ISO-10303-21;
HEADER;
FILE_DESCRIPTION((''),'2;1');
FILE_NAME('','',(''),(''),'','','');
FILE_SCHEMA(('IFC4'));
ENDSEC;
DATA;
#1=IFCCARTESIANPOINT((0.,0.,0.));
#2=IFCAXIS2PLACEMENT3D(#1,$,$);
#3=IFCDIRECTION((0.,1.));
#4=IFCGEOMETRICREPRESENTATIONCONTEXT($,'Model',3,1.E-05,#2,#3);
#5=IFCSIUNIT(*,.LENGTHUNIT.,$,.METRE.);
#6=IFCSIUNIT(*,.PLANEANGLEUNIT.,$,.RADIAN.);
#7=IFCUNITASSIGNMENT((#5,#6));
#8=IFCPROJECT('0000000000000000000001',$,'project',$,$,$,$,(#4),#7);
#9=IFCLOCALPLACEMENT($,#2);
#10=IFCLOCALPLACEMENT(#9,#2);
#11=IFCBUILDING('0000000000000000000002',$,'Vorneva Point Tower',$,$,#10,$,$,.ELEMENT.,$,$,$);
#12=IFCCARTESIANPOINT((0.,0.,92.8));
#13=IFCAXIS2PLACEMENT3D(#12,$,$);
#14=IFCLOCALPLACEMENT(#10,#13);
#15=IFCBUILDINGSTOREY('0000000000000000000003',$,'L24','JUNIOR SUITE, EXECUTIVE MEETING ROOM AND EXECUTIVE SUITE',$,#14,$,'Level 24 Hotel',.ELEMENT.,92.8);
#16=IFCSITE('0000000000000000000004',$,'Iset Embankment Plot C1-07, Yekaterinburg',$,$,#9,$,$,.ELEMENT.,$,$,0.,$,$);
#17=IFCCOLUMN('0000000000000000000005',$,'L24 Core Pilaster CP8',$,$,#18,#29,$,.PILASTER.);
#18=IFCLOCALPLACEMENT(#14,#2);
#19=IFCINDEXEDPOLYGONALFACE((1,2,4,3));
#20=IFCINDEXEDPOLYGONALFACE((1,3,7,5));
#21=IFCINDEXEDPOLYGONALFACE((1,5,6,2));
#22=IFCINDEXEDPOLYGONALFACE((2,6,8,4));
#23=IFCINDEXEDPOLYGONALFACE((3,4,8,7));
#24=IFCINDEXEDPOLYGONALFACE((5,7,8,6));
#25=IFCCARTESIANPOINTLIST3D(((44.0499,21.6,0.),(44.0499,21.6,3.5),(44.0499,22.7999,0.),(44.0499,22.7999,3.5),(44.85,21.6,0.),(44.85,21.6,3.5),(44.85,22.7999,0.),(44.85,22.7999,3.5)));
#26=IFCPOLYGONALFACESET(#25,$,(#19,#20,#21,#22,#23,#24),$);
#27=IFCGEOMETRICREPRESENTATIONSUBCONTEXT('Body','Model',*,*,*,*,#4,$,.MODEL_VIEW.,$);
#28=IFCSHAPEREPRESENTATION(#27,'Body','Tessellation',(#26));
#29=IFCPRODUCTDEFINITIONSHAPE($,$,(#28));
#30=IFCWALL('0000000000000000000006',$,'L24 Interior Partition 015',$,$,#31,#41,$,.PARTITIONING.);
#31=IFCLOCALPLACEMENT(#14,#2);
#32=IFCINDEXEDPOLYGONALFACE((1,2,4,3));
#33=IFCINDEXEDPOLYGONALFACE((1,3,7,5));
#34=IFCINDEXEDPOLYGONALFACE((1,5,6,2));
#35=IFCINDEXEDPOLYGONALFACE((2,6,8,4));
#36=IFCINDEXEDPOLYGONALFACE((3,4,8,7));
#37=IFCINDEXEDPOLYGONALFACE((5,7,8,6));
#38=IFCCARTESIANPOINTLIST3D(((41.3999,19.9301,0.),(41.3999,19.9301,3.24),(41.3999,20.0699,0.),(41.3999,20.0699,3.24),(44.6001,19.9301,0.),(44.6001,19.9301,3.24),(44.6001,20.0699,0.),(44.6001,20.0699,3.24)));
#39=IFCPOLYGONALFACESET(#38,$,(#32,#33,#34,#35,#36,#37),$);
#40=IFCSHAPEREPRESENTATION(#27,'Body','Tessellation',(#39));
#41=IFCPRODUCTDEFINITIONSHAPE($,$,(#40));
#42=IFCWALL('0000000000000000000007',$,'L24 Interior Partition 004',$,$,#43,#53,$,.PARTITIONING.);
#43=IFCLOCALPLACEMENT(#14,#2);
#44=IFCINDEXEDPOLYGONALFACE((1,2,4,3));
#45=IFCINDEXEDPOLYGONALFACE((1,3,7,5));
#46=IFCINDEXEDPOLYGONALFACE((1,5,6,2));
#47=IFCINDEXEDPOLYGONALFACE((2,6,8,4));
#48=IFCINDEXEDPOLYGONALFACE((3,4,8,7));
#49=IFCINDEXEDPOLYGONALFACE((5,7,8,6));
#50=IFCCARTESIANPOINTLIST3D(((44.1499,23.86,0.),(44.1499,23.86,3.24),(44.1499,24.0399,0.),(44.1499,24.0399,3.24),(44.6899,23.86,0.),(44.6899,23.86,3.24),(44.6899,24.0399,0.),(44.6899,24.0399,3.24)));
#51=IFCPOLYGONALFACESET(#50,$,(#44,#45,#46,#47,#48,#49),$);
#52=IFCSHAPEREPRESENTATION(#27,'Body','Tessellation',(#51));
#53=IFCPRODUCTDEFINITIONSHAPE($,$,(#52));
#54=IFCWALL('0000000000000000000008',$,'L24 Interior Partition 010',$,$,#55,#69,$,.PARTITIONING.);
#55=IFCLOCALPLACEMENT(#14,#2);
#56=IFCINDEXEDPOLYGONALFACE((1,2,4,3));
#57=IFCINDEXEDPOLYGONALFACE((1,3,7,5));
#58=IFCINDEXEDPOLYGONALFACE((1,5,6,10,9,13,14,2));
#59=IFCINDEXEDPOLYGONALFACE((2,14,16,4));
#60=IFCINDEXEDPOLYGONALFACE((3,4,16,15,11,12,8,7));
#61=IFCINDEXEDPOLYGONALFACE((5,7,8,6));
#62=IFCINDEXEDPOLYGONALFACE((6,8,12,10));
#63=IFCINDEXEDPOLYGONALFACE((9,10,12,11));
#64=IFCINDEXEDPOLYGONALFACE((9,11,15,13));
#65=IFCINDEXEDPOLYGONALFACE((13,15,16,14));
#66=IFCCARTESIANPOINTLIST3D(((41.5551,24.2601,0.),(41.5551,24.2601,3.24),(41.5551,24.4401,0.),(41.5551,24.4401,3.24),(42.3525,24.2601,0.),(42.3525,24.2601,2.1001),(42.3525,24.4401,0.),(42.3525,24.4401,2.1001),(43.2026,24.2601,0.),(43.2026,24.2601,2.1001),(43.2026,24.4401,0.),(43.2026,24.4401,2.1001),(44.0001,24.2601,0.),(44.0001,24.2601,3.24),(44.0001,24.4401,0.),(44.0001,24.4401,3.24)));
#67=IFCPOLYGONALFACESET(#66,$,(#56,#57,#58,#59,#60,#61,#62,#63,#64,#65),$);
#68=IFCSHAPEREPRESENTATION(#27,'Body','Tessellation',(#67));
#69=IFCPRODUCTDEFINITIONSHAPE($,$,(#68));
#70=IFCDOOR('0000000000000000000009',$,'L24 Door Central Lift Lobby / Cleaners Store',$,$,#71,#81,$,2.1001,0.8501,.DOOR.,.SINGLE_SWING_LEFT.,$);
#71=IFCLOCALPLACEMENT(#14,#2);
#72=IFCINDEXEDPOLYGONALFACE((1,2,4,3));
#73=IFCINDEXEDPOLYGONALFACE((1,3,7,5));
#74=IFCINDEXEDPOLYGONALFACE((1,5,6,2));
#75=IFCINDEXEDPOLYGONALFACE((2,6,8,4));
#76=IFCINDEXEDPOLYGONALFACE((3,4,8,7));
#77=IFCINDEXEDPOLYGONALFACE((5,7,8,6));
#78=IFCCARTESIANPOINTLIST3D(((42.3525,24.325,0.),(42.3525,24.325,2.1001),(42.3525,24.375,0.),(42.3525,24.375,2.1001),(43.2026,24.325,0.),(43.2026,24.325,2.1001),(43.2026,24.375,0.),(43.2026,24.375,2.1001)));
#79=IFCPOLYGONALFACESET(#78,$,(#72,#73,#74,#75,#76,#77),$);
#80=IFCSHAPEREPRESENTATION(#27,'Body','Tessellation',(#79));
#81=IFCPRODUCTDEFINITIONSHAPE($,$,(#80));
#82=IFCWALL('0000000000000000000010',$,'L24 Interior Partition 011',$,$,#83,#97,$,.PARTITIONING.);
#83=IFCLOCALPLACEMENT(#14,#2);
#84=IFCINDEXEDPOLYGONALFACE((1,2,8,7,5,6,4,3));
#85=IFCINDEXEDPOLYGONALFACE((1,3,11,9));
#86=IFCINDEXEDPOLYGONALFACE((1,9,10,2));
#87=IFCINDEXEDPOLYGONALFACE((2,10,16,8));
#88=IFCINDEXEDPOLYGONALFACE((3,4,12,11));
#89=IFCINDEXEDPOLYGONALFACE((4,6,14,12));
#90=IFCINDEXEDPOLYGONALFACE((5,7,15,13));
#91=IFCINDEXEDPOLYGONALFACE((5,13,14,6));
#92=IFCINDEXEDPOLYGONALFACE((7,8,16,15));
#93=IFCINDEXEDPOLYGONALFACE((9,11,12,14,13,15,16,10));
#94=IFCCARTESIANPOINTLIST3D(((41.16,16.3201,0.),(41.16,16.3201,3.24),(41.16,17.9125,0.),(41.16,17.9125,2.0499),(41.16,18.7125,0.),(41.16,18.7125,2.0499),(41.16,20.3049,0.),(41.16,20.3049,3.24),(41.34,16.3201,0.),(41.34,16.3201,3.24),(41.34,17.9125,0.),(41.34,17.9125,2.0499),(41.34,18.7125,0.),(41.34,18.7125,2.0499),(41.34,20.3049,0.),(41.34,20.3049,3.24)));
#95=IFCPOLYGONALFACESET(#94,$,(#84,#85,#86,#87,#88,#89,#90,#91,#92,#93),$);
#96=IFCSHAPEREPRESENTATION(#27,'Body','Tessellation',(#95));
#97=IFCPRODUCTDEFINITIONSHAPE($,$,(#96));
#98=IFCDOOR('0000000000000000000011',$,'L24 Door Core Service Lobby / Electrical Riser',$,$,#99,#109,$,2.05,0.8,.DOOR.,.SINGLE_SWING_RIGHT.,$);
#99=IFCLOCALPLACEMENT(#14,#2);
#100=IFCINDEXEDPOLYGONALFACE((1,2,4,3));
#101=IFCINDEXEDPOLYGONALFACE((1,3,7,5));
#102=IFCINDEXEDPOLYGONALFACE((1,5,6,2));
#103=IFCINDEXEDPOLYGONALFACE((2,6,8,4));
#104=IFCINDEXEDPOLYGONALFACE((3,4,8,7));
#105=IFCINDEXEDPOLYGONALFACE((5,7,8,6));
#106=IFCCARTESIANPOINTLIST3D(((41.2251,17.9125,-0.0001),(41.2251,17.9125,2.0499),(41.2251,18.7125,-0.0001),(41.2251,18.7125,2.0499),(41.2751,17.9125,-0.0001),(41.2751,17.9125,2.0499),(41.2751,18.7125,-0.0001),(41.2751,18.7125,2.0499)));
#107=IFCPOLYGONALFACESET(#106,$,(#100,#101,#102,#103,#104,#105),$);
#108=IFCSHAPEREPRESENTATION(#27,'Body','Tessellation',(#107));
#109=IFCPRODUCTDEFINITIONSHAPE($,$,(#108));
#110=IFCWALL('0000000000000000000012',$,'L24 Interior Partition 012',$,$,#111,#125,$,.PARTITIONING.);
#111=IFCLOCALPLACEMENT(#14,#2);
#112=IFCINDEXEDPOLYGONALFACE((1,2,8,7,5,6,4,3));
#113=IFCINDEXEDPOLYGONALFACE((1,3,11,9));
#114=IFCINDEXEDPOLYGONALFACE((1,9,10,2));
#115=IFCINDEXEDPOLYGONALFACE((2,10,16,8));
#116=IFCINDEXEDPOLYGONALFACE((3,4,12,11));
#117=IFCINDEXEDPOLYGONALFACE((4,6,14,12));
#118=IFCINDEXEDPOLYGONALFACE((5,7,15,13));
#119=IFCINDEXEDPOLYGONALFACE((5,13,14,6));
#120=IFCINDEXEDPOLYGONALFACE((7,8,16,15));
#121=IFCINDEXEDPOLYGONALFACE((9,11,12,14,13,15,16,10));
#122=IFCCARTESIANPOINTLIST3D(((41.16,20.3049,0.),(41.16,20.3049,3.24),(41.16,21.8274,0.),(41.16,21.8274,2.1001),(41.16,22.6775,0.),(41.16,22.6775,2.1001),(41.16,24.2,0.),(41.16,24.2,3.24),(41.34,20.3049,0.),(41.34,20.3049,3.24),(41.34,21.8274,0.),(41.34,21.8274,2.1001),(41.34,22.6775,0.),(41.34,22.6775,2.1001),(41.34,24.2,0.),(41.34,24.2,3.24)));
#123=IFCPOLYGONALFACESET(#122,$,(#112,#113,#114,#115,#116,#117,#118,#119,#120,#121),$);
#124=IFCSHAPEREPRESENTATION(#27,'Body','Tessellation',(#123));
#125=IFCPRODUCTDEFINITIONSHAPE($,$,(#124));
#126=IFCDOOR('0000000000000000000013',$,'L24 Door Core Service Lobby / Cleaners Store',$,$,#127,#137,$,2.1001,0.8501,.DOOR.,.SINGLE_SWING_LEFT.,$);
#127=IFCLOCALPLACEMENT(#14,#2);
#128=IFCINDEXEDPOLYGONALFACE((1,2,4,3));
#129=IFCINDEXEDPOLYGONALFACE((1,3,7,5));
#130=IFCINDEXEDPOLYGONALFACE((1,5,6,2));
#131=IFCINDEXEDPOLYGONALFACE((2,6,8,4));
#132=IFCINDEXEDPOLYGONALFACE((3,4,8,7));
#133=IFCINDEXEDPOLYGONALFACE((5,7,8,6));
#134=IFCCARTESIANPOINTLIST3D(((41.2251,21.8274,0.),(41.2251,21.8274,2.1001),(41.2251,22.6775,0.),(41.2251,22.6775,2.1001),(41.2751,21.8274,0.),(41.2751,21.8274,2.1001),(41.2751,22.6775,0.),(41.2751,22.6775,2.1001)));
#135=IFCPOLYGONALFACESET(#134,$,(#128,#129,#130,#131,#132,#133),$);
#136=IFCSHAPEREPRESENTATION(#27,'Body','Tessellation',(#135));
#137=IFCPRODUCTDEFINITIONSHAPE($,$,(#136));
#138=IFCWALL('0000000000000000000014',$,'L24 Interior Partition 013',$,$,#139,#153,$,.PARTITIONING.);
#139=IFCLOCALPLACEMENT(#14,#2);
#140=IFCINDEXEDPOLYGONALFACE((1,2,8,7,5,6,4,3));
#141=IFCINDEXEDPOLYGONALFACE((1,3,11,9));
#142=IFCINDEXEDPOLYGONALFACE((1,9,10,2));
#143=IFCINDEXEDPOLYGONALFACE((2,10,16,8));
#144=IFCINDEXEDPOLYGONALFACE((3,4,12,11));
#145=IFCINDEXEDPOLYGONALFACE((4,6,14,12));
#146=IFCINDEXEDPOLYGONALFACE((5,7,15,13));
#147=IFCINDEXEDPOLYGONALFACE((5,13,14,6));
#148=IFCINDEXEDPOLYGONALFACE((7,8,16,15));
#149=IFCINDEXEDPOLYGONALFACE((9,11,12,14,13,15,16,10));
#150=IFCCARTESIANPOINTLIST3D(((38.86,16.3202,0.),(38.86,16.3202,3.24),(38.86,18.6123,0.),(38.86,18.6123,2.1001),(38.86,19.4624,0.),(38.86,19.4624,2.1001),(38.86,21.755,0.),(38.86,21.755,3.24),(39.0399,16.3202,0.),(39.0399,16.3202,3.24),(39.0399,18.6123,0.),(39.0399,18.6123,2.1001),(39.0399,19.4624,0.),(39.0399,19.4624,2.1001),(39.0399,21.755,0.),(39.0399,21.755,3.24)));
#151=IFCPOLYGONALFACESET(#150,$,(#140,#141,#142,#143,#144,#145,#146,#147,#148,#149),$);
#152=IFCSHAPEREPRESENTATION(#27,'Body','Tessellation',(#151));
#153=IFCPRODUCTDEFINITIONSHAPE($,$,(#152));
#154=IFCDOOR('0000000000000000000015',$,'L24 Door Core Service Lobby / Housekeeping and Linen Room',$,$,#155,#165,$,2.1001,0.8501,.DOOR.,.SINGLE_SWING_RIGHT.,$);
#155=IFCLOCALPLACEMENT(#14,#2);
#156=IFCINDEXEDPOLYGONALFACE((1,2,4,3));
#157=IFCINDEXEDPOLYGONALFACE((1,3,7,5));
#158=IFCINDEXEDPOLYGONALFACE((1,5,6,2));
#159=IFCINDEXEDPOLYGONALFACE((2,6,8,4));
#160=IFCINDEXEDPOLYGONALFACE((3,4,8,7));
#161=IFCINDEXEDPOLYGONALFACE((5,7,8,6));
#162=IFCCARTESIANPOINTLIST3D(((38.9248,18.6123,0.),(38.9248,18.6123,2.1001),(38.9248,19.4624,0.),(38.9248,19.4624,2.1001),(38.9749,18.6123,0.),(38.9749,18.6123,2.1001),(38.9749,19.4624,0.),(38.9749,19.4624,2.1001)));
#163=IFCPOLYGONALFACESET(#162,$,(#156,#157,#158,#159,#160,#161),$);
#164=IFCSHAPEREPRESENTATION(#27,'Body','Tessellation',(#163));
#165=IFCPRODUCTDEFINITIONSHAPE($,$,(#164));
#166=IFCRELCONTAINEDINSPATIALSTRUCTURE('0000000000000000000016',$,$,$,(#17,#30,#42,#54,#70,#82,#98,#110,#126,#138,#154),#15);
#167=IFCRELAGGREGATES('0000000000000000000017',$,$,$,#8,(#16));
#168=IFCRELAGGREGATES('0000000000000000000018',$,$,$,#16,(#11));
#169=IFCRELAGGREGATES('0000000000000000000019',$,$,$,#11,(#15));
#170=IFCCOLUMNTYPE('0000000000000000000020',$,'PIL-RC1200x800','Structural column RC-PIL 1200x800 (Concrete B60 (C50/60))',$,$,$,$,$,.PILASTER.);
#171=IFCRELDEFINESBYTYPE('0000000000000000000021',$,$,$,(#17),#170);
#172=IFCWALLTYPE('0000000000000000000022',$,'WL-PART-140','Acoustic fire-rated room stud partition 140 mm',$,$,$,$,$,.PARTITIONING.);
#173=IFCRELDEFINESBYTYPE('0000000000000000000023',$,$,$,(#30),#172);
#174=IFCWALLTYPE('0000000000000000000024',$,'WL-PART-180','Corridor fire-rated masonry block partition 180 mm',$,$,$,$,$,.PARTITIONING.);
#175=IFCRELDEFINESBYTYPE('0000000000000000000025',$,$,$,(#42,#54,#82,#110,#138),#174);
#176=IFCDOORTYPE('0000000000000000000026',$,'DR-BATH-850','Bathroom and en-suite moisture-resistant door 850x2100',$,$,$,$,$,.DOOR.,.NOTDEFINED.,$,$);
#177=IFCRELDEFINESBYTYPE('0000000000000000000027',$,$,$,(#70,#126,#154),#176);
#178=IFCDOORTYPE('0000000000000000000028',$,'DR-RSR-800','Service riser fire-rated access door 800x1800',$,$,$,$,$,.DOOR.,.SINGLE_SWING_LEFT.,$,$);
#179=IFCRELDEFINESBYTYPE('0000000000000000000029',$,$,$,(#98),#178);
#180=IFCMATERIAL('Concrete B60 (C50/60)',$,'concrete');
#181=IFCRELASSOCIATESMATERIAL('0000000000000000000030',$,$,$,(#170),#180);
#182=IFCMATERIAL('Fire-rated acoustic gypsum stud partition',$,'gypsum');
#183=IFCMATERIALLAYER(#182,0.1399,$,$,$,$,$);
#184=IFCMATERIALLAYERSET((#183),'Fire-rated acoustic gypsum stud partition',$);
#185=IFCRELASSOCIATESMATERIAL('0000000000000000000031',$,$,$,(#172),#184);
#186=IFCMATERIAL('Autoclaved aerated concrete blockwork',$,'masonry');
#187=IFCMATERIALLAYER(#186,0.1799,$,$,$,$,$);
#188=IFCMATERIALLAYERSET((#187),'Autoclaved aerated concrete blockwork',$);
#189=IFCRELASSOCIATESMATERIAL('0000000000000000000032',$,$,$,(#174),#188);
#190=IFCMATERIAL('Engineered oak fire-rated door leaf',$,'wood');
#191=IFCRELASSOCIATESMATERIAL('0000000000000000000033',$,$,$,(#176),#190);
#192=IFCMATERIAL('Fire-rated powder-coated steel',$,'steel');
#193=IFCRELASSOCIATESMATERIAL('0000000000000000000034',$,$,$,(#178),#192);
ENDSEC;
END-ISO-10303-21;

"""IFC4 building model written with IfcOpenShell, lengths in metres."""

from ifc_helpers import new_model, si_unit, direction, frame, frame_2d, origin, origin_2d, place, context, subcontext, project, spatial, rectangle, extrude, material, layer, layer_set, material_profile, profile_set, type_object, element, fill, save


model = new_model("IFC4")

# Units and contexts
model_context = context("Model", 3, precision=1e-05, world=origin(), true_north=direction((0.0, 1.0)))
body_context = subcontext(model_context, "Body", "Model", "MODEL_VIEW")
ifc_project = project(units=[si_unit("LENGTHUNIT", "METRE"), si_unit("PLANEANGLEUNIT", "RADIAN")], contexts=[model_context])

# Site, building, storey
site_placement = place(None, origin())
site = spatial("IfcSite", under=ifc_project, at=site_placement, Name="Iset Embankment Plot C1-07, Yekaterinburg", CompositionType="ELEMENT", RefElevation=0.0)
building_placement = place(site_placement, origin())
building = spatial("IfcBuilding", under=site, at=building_placement, Name="Vorneva Point Tower", CompositionType="ELEMENT")
storey_placement = place(building_placement, frame((0.0, 0.0, 92.8)))
storey = spatial("IfcBuildingStorey", under=building, at=storey_placement, Name="L24", Description="JUNIOR SUITE, EXECUTIVE MEETING ROOM AND EXECUTIVE SUITE", LongName="Level 24 Hotel", CompositionType="ELEMENT", Elevation=92.8)

# Column
ifc_material_1 = material(Name="Concrete B60 (C50/60)", Category="concrete")
ifc_material_profile = material_profile(ifc_material_1, rectangle(XDim=0.8, YDim=1.2, at=origin_2d()), Name="RC-PIL 1200x800")
ifc_profile_set = profile_set([ifc_material_profile], Name="Concrete B60 (C50/60)")
column_type = type_object("IfcColumnType", Name="PIL-RC1200x800", Description="Structural column RC-PIL 1200x800 (Concrete B60 (C50/60))", PredefinedType="PILASTER", material=ifc_profile_set)
column_placement = place(storey_placement, frame((44.45, 22.2, 0.0), z_axis=(0.0, 0.0, 1.0), x_axis=(1.0, 0.0, 0.0)))
element("IfcColumn", 1, at=column_placement, inside=storey, type_object=column_type, Name="L24 Core Pilaster CP8", PredefinedType="PILASTER", context=body_context, shape_type="SweptSolid", body=[
    extrude(rectangle(XDim=0.8, YDim=1.2, at=origin_2d()), origin(), (0.0, 0.0, 1.0), 3.5),
])

# Walls
ifc_material_2 = material(Name="Fire-rated acoustic gypsum stud partition", Category="gypsum")
ifc_layer_1 = layer(ifc_material_2, 0.1399)
ifc_layer_set_1 = layer_set([ifc_layer_1], Name="Fire-rated acoustic gypsum stud partition")
wall_type_1 = type_object("IfcWallType", Name="WL-PART-140", Description="Acoustic fire-rated room stud partition 140 mm", PredefinedType="PARTITIONING", material=ifc_layer_set_1)
wall_1_placement = place(storey_placement, frame((44.6001, 20.0, 0.0), z_axis=(0.0, 0.0, 1.0), x_axis=(-1.0, 0.0, 0.0)))
element("IfcWall", 2, at=wall_1_placement, inside=storey, type_object=wall_type_1, Name="L24 Interior Partition 015", PredefinedType="PARTITIONING", context=body_context, shape_type="SweptSolid", body=[
    extrude(rectangle(XDim=3.2002, YDim=0.1399, at=frame_2d((1.6001, 0.0))), origin(), (0.0, 0.0, 1.0), 3.24),
])
ifc_material_3 = material(Name="Autoclaved aerated concrete blockwork", Category="masonry")
ifc_layer_2 = layer(ifc_material_3, 0.1799)
ifc_layer_set_2 = layer_set([ifc_layer_2], Name="Autoclaved aerated concrete blockwork")
wall_type_2 = type_object("IfcWallType", Name="WL-PART-180", Description="Corridor fire-rated masonry block partition 180 mm", PredefinedType="PARTITIONING", material=ifc_layer_set_2)
wall_2_placement = place(storey_placement, frame((44.1499, 23.95, 0.0), z_axis=(0.0, 0.0, 1.0), x_axis=(1.0, 0.0, 0.0)))
element("IfcWall", 3, at=wall_2_placement, inside=storey, type_object=wall_type_2, Name="L24 Interior Partition 004", PredefinedType="PARTITIONING", context=body_context, shape_type="SweptSolid", body=[
    extrude(rectangle(XDim=0.54, YDim=0.1799, at=frame_2d((0.27, 0.0))), origin(), (0.0, 0.0, 1.0), 3.24),
])

# Walls, openings, doors
ifc_material_4 = material(Name="Fire-rated powder-coated steel", Category="steel")
wall_3_placement = place(storey_placement, frame((41.5549, 24.3501, 0.0), z_axis=(0.0, 0.0, 1.0), x_axis=(1.0, 0.0, 0.0)))
wall_3 = element("IfcWall", 4, at=wall_3_placement, inside=storey, type_object=wall_type_2, Name="L24 Interior Partition 010", PredefinedType="PARTITIONING", context=body_context, shape_type="SweptSolid", body=[
    extrude(rectangle(XDim=2.4451, YDim=0.1799, at=frame_2d((1.2227, 0.0))), origin(), (0.0, 0.0, 1.0), 3.24),
])
opening_1_placement = place(wall_3_placement, frame((0.7976, 0.0, 0.0)))
opening_1 = element("IfcOpeningElement", 5, at=opening_1_placement, cuts=wall_3, PredefinedType="OPENING", context=body_context, shape_type="SweptSolid", body=[
    extrude(rectangle(XDim=0.8501, YDim=2.1001, at=frame_2d((0.425, 1.05))), frame((0.0, 0.105, 0.0), z_axis=(0.0, -1.0, 0.0), x_axis=(1.0, 0.0, 0.0)), (0.0, 0.0, 1.0), 0.2097),
])
ifc_material_5 = material(Name="Engineered oak fire-rated door leaf", Category="wood")
door_type_1 = type_object("IfcDoorType", Name="DR-BATH-850", Description="Bathroom and en-suite moisture-resistant door 850x2100", OperationType="NOTDEFINED", PredefinedType="DOOR", material=ifc_material_5)
door_1_placement = place(opening_1_placement, origin())
door_1 = element("IfcDoor", 6, at=door_1_placement, inside=storey, type_object=door_type_1, Name="L24 Door Central Lift Lobby / Cleaners Store", OperationType="SINGLE_SWING_LEFT", OverallHeight=2.1001, OverallWidth=0.8501, PredefinedType="DOOR", context=body_context, shape_type="SweptSolid", body=[
    extrude(rectangle(XDim=0.8501, YDim=2.1001, at=frame_2d((0.425, 1.05))), frame((0.0, 0.0249, 0.0), z_axis=(0.0, -1.0, 0.0), x_axis=(1.0, 0.0, 0.0)), (0.0, 0.0, 1.0), 0.05),
])
fill(opening_1, door_1)
wall_4_placement = place(storey_placement, frame((41.25, 16.3201, 0.0), z_axis=(0.0, 0.0, 1.0), x_axis=(0.0, 1.0, 0.0)))
wall_4 = element("IfcWall", 7, at=wall_4_placement, inside=storey, type_object=wall_type_2, Name="L24 Interior Partition 011", PredefinedType="PARTITIONING", context=body_context, shape_type="SweptSolid", body=[
    extrude(rectangle(XDim=3.9849, YDim=0.1799, at=frame_2d((1.9924, 0.0))), origin(), (0.0, 0.0, 1.0), 3.24),
])
opening_2_placement = place(wall_4_placement, frame((1.5925, 0.0, 0.0)))
opening_2 = element("IfcOpeningElement", 8, at=opening_2_placement, cuts=wall_4, PredefinedType="OPENING", context=body_context, shape_type="SweptSolid", body=[
    extrude(rectangle(XDim=0.8, YDim=2.05, at=frame_2d((0.3999, 1.0249))), frame((0.0, 0.105, 0.0), z_axis=(0.0, -1.0, 0.0), x_axis=(1.0, 0.0, 0.0)), (0.0, 0.0, 1.0), 0.2097),
])
door_type_2 = type_object("IfcDoorType", Name="DR-RSR-800", Description="Service riser fire-rated access door 800x1800", OperationType="SINGLE_SWING_LEFT", PredefinedType="DOOR", material=ifc_material_4)
door_2_placement = place(opening_2_placement, origin())
door_2 = element("IfcDoor", 9, at=door_2_placement, inside=storey, type_object=door_type_2, Name="L24 Door Core Service Lobby / Electrical Riser", OperationType="SINGLE_SWING_RIGHT", OverallHeight=2.05, OverallWidth=0.8, PredefinedType="DOOR", context=body_context, shape_type="SweptSolid", body=[
    extrude(rectangle(XDim=0.8, YDim=2.05, at=frame_2d((0.3999, 1.0249))), frame((0.0, 0.0249, 0.0), z_axis=(0.0, -1.0, 0.0), x_axis=(1.0, 0.0, 0.0)), (0.0, 0.0, 1.0), 0.05),
])
fill(opening_2, door_2)
wall_5_placement = place(storey_placement, frame((41.25, 20.3049, 0.0), z_axis=(0.0, 0.0, 1.0), x_axis=(0.0, 1.0, 0.0)))
wall_5 = element("IfcWall", 10, at=wall_5_placement, inside=storey, type_object=wall_type_2, Name="L24 Interior Partition 012", PredefinedType="PARTITIONING", context=body_context, shape_type="SweptSolid", body=[
    extrude(rectangle(XDim=3.895, YDim=0.1799, at=frame_2d((1.9475, 0.0))), origin(), (0.0, 0.0, 1.0), 3.24),
])
opening_3_placement = place(wall_5_placement, frame((1.5225, 0.0, 0.0)))
opening_3 = element("IfcOpeningElement", 11, at=opening_3_placement, cuts=wall_5, PredefinedType="OPENING", context=body_context, shape_type="SweptSolid", body=[
    extrude(rectangle(XDim=0.8501, YDim=2.1001, at=frame_2d((0.425, 1.05))), frame((0.0, 0.105, 0.0), z_axis=(0.0, -1.0, 0.0), x_axis=(1.0, 0.0, 0.0)), (0.0, 0.0, 1.0), 0.2097),
])
door_3_placement = place(opening_3_placement, origin())
door_3 = element("IfcDoor", 12, at=door_3_placement, inside=storey, type_object=door_type_1, Name="L24 Door Core Service Lobby / Cleaners Store", OperationType="SINGLE_SWING_LEFT", OverallHeight=2.1001, OverallWidth=0.8501, PredefinedType="DOOR", context=body_context, shape_type="SweptSolid", body=[
    extrude(rectangle(XDim=0.8501, YDim=2.1001, at=frame_2d((0.425, 1.05))), frame((0.0, 0.0249, 0.0), z_axis=(0.0, -1.0, 0.0), x_axis=(1.0, 0.0, 0.0)), (0.0, 0.0, 1.0), 0.05),
])
fill(opening_3, door_3)
wall_6_placement = place(storey_placement, frame((38.95, 21.7549, 0.0), z_axis=(0.0, 0.0, 1.0), x_axis=(0.0, -1.0, 0.0)))
wall_6 = element("IfcWall", 13, at=wall_6_placement, inside=storey, type_object=wall_type_2, Name="L24 Interior Partition 013", PredefinedType="PARTITIONING", context=body_context, shape_type="SweptSolid", body=[
    extrude(rectangle(XDim=5.4348, YDim=0.1799, at=frame_2d((2.7173, 0.0))), origin(), (0.0, 0.0, 1.0), 3.24),
])
opening_4_placement = place(wall_6_placement, frame((2.2925, 0.0, 0.0)))
opening_4 = element("IfcOpeningElement", 14, at=opening_4_placement, cuts=wall_6, PredefinedType="OPENING", context=body_context, shape_type="SweptSolid", body=[
    extrude(rectangle(XDim=0.8501, YDim=2.1001, at=frame_2d((0.425, 1.05))), frame((0.0, 0.105, 0.0), z_axis=(0.0, -1.0, 0.0), x_axis=(1.0, 0.0, 0.0)), (0.0, 0.0, 1.0), 0.2097),
])
door_4_placement = place(opening_4_placement, origin())
door_4 = element("IfcDoor", 15, at=door_4_placement, inside=storey, type_object=door_type_1, Name="L24 Door Core Service Lobby / Housekeeping and Linen Room", OperationType="SINGLE_SWING_RIGHT", OverallHeight=2.1001, OverallWidth=0.8501, PredefinedType="DOOR", context=body_context, shape_type="SweptSolid", body=[
    extrude(rectangle(XDim=0.8501, YDim=2.1001, at=frame_2d((0.425, 1.05))), frame((0.0, 0.0249, 0.0), z_axis=(0.0, -1.0, 0.0), x_axis=(1.0, 0.0, 0.0)), (0.0, 0.0, 1.0), 0.05),
])
fill(opening_4, door_4)

save(model, "model.ifc")
